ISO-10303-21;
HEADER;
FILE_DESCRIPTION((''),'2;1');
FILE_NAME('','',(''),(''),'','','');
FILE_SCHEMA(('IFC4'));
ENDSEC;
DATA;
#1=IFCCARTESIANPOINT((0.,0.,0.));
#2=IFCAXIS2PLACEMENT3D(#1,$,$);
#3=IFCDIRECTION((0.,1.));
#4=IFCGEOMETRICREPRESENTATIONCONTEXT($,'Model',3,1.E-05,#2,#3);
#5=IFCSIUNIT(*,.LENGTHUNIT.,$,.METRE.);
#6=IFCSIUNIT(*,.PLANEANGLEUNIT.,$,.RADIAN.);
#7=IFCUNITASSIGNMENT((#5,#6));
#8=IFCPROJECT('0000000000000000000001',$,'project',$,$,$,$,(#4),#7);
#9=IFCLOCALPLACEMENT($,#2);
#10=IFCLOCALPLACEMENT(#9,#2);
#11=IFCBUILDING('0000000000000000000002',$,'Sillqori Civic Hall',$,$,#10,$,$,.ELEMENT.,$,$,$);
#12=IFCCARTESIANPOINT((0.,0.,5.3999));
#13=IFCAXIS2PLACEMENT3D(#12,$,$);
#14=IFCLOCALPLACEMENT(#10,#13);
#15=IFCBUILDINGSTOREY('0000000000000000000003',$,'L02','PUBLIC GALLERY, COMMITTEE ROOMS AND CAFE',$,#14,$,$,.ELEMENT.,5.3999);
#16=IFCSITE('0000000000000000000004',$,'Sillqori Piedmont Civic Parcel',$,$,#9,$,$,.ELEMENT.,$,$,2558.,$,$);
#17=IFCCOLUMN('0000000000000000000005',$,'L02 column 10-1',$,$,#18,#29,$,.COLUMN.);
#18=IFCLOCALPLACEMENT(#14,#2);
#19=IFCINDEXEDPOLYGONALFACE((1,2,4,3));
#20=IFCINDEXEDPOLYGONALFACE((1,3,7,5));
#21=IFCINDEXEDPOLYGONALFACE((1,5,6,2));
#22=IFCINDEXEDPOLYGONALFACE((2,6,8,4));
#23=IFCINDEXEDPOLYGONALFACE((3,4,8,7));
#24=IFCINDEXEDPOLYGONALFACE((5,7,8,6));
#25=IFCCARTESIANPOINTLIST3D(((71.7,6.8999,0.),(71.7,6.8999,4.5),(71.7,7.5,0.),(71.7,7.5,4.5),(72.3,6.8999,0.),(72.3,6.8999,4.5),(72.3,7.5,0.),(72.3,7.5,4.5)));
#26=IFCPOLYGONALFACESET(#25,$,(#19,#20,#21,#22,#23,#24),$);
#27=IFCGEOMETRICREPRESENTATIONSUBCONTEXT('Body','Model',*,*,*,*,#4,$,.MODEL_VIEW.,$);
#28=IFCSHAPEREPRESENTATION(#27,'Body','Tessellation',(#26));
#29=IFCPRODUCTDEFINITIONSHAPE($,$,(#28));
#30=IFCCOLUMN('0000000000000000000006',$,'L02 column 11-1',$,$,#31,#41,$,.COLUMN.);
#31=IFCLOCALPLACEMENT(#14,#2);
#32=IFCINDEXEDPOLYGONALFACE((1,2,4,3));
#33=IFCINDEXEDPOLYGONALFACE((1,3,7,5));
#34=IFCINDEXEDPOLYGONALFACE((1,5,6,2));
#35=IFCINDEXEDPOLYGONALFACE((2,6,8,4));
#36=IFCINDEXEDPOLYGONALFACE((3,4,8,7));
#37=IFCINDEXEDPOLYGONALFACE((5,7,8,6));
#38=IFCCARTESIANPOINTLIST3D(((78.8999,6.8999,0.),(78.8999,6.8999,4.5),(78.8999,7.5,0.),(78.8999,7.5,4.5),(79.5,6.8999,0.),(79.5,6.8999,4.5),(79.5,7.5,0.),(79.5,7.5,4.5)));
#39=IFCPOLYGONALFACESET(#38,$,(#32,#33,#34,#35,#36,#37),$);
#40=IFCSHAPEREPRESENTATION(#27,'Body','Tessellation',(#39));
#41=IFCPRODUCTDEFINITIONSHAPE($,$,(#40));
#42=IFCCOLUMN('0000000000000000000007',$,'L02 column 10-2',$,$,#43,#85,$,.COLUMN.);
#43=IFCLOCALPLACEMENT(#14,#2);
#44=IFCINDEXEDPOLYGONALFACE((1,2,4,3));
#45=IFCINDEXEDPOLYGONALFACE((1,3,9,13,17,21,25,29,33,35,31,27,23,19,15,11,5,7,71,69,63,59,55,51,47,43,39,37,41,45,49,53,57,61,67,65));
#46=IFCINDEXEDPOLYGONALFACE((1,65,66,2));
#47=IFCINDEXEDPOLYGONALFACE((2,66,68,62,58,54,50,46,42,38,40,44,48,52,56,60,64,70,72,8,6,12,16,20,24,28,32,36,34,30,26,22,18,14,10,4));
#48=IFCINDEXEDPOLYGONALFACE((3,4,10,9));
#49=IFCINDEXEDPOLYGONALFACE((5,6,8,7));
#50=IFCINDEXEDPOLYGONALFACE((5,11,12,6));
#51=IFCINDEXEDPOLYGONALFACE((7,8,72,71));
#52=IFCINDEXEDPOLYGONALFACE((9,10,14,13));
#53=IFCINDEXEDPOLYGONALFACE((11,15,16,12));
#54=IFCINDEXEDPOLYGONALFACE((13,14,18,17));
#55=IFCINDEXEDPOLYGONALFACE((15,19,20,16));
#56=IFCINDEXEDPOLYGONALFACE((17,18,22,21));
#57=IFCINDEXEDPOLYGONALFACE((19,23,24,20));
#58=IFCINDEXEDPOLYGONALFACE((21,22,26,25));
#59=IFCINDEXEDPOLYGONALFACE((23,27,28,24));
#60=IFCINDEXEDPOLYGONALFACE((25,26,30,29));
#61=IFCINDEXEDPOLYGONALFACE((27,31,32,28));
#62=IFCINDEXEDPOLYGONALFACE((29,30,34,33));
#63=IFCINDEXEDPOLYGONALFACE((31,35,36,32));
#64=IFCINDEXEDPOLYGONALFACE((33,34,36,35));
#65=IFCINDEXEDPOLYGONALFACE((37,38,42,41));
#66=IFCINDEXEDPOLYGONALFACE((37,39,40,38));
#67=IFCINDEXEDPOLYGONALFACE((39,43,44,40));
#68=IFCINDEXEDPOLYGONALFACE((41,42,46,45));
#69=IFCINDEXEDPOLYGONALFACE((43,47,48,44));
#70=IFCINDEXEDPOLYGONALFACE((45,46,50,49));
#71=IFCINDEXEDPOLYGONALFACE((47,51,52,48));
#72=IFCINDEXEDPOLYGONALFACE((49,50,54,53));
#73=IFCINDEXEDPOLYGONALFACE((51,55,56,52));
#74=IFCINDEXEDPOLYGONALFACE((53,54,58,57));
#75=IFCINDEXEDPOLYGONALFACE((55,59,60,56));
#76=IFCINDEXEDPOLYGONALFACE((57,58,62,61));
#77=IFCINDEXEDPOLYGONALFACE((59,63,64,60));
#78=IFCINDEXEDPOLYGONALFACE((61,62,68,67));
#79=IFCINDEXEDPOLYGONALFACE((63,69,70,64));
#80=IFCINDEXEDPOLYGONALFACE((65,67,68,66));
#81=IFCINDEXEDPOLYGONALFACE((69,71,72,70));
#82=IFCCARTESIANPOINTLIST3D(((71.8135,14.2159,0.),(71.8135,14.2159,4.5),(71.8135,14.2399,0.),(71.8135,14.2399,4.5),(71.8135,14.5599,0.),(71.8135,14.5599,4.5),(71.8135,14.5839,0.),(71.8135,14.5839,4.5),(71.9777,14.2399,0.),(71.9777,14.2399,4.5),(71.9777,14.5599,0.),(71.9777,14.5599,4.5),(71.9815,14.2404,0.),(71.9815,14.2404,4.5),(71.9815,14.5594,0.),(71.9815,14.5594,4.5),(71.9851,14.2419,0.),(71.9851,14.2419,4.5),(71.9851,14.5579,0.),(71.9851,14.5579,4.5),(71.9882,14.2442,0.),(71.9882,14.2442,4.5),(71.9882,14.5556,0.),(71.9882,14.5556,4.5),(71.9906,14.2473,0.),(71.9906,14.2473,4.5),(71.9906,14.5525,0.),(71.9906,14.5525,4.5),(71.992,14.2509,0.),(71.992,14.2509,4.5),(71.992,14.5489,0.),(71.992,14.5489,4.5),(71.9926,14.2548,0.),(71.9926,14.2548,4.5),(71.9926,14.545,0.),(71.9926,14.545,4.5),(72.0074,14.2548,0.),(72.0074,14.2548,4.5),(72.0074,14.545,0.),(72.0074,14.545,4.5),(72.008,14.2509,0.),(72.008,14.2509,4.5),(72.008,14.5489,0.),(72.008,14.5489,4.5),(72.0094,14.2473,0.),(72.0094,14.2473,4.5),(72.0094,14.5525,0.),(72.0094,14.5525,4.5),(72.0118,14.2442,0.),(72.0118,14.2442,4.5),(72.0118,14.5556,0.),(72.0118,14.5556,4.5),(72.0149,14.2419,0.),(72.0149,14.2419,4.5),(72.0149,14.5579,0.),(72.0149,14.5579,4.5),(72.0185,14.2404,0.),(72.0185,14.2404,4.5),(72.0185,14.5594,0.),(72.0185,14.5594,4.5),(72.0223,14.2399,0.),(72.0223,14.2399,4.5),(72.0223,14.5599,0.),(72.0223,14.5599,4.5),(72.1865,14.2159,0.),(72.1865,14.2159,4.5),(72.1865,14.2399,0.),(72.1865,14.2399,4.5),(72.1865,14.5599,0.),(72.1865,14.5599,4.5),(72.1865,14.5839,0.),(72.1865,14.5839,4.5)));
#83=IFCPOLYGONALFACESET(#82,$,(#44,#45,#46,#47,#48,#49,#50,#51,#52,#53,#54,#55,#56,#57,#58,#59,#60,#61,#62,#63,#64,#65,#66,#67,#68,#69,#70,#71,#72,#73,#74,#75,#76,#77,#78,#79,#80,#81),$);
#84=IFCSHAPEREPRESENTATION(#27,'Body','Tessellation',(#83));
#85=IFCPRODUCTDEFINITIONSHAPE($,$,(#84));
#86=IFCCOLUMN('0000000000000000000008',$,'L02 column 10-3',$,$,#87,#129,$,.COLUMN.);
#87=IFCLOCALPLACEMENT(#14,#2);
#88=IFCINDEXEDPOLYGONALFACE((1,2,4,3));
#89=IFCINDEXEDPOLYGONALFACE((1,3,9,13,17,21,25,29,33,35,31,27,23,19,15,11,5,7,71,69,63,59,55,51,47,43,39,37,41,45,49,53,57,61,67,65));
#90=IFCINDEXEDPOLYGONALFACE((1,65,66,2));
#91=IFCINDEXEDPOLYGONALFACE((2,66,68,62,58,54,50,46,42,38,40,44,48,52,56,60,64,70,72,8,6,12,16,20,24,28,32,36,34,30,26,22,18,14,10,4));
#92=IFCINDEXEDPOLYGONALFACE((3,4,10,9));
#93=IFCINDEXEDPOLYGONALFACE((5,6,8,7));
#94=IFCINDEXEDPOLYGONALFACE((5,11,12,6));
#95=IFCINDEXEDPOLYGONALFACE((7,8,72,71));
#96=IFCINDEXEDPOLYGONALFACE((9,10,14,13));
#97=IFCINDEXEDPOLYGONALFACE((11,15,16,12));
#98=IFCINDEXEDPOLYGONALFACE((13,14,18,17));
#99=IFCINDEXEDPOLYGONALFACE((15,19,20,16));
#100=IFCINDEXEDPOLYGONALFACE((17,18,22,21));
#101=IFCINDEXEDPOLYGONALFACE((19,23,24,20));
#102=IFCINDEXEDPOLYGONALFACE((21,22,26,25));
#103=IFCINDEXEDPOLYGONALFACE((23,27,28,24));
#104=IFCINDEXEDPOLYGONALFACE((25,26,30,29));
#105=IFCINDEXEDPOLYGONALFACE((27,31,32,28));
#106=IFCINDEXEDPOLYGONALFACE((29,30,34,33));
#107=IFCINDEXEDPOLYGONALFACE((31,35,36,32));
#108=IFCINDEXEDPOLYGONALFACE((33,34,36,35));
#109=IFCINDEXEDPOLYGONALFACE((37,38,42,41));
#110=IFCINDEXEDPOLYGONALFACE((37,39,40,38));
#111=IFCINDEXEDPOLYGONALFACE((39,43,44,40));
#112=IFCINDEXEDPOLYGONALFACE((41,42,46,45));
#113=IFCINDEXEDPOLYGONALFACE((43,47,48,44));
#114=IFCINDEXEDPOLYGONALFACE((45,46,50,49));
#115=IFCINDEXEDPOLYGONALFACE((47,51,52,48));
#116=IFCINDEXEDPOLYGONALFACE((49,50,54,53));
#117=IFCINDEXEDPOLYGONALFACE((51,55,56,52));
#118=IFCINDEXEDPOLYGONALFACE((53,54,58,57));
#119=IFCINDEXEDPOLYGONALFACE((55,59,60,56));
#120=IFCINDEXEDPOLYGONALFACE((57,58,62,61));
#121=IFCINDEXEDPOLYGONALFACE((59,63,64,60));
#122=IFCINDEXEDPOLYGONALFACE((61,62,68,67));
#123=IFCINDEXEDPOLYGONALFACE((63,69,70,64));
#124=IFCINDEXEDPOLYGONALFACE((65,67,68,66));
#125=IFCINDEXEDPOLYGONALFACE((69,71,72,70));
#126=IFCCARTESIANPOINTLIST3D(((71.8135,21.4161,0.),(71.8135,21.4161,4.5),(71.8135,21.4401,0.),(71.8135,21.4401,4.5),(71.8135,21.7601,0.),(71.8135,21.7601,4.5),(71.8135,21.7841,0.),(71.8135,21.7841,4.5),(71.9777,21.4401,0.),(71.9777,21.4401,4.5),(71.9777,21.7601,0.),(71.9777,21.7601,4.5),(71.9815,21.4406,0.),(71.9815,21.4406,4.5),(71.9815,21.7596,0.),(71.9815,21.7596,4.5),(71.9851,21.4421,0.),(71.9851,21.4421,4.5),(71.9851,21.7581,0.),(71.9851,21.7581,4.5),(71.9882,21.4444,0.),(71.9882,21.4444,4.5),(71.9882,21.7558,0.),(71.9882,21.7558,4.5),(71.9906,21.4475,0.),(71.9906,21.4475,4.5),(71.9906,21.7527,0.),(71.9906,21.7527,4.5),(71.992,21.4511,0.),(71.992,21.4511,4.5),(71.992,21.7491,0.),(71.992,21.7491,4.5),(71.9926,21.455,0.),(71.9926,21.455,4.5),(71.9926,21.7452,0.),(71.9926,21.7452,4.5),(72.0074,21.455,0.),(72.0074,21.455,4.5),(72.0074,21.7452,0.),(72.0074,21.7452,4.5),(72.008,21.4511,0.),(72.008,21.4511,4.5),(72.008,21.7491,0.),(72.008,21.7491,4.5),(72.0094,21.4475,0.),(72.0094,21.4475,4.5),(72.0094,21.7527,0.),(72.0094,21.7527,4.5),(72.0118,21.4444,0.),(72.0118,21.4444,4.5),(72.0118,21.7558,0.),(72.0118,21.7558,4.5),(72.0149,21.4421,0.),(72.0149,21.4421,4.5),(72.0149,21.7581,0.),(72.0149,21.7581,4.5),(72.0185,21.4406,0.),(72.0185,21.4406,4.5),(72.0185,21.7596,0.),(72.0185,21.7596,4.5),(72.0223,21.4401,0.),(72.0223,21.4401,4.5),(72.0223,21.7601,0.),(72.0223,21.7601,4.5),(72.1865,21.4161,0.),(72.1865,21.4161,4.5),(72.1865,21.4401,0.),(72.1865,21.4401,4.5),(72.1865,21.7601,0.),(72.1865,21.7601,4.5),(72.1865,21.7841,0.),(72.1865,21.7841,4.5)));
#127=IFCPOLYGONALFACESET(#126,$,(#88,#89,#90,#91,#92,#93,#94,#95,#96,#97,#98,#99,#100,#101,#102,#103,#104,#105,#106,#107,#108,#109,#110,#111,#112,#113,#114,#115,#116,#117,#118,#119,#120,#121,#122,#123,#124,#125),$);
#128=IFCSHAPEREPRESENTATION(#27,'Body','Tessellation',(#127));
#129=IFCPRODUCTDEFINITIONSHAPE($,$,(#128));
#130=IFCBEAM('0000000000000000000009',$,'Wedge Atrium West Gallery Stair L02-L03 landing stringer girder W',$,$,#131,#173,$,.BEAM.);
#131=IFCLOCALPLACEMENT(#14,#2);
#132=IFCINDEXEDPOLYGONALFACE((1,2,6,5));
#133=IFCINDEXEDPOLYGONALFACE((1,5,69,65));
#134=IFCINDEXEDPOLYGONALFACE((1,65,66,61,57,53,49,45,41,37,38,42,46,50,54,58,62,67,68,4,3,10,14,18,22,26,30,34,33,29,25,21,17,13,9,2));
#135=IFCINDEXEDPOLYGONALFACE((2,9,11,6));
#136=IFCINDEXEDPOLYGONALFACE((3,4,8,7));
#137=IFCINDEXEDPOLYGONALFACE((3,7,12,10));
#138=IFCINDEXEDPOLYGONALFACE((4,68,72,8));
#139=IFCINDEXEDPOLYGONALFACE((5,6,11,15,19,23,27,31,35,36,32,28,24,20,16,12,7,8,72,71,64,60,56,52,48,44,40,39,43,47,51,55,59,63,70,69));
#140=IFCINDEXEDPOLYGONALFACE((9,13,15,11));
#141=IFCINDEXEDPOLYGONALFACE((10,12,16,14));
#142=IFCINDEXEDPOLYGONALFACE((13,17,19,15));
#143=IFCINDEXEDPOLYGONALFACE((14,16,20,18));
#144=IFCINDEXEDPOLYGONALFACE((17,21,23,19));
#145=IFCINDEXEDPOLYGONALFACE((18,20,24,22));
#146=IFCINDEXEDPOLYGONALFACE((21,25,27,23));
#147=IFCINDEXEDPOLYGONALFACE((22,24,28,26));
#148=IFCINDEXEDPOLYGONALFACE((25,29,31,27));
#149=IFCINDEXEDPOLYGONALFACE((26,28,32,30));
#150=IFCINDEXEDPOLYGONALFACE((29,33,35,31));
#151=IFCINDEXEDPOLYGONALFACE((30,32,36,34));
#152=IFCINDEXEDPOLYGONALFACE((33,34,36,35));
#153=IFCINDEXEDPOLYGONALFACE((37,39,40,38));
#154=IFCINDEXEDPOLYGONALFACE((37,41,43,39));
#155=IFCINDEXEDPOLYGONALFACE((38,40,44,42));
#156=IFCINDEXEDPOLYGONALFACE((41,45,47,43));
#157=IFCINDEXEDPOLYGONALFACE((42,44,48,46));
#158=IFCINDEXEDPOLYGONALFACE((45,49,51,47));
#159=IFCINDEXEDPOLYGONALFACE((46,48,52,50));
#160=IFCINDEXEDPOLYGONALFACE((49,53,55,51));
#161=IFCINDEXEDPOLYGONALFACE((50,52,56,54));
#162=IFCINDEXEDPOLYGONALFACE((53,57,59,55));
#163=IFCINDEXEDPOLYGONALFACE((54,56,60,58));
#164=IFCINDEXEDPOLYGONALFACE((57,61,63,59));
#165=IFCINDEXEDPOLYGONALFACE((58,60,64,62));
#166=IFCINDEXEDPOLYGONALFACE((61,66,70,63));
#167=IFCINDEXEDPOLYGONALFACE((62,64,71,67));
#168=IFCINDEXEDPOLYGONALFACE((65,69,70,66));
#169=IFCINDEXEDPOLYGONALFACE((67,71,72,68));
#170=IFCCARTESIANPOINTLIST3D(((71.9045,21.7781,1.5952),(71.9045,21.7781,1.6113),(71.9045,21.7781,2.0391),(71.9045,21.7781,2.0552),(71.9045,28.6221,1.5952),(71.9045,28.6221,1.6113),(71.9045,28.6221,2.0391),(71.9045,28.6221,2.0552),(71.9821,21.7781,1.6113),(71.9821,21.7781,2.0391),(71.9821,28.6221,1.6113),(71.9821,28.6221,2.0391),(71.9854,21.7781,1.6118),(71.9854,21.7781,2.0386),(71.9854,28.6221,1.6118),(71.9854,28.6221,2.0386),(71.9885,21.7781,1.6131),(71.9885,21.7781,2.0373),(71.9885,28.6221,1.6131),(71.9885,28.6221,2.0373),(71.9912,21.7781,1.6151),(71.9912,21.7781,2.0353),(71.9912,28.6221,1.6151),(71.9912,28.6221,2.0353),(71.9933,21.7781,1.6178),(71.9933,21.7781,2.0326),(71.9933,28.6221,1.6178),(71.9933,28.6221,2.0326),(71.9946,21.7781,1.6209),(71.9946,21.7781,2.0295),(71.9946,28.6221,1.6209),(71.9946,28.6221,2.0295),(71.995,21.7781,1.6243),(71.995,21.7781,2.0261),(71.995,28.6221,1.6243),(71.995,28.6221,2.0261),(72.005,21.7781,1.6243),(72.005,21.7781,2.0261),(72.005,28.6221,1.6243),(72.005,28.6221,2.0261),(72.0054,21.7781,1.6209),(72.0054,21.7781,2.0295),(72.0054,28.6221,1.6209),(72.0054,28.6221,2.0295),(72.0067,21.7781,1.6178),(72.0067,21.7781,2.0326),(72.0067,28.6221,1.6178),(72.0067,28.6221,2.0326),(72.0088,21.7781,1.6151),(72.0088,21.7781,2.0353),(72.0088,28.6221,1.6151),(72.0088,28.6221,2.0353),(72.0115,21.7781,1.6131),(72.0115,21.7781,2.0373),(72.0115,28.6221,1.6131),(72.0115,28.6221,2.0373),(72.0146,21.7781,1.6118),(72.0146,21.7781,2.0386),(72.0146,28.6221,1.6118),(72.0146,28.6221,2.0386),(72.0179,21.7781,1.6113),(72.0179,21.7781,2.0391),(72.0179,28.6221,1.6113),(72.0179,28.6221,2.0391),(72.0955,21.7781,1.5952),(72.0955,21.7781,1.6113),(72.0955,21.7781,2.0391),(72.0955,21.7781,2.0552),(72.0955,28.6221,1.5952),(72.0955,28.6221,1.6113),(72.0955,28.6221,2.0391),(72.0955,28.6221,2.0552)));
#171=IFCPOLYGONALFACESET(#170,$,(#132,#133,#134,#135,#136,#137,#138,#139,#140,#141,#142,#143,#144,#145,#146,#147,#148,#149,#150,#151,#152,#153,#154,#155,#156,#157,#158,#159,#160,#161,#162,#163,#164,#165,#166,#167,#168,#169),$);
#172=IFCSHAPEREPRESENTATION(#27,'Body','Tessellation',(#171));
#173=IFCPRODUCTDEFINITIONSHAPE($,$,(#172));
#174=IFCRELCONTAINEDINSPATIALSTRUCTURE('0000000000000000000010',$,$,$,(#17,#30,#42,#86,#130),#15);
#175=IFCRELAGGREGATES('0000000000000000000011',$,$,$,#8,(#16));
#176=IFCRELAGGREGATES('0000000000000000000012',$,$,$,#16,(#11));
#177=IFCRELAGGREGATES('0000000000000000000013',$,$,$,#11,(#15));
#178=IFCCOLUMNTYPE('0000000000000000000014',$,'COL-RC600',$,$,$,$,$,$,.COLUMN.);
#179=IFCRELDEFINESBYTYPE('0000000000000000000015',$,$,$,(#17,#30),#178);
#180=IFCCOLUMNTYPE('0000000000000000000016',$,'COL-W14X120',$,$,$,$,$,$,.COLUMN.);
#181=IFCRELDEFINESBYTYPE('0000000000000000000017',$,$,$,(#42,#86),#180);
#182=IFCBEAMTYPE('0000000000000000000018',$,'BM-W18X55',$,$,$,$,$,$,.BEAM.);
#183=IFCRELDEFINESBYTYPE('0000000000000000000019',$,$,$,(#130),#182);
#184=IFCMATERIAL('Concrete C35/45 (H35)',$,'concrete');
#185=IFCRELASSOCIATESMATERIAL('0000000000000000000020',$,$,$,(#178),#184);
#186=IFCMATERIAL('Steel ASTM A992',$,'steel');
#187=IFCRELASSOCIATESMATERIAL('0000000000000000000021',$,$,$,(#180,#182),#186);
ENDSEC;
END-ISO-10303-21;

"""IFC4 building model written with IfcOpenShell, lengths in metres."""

from ifc_helpers import new_model, si_unit, direction, frame, origin, origin_2d, place, context, subcontext, project, spatial, rectangle, i_section, extrude, material, material_profile, profile_set, type_object, element, save


model = new_model("IFC4")

# Units and contexts
model_context = context("Model", 3, precision=1e-05, world=origin(), true_north=direction((0.0, 1.0)))
body_context = subcontext(model_context, "Body", "Model", "MODEL_VIEW")
ifc_project = project(units=[si_unit("LENGTHUNIT", "METRE"), si_unit("PLANEANGLEUNIT", "RADIAN")], contexts=[model_context])

# Site, building, storey
site_placement = place(None, origin())
site = spatial("IfcSite", under=ifc_project, at=site_placement, Name="Sillqori Piedmont Civic Parcel", CompositionType="ELEMENT", RefElevation=2558.0)
building_placement = place(site_placement, origin())
building = spatial("IfcBuilding", under=site, at=building_placement, Name="Sillqori Civic Hall", CompositionType="ELEMENT")
storey_placement = place(building_placement, frame((0.0, 0.0, 5.3999)))
storey = spatial("IfcBuildingStorey", under=building, at=storey_placement, Name="L02", Description="PUBLIC GALLERY, COMMITTEE ROOMS AND CAFE", CompositionType="ELEMENT", Elevation=5.3999)

# Columns
ifc_material_1 = material(Name="Concrete C35/45 (H35)", Category="concrete")
ifc_material_profile_1 = material_profile(ifc_material_1, rectangle(XDim=0.6001, YDim=0.6001, at=origin_2d()), Name="RC 600x600")
ifc_profile_set_1 = profile_set([ifc_material_profile_1], Name="Concrete C35/45 (H35)")
column_type_1 = type_object("IfcColumnType", Name="COL-RC600", PredefinedType="COLUMN", material=ifc_profile_set_1)
for number, where, z_axis, x_axis, name in (
    (1, (72.0, 7.2, 0.0), (0.0, 0.0, 1.0), (1.0, 0.0, 0.0), "L02 column 10-1"),
    (2, (79.2, 7.2, 0.0), (0.0, 0.0, 1.0), (1.0, 0.0, 0.0), "L02 column 11-1"),
):
    element("IfcColumn", number, at=place(storey_placement, frame(where, z_axis=z_axis, x_axis=x_axis)), inside=storey, type_object=column_type_1, Name=name, PredefinedType="COLUMN", context=body_context, shape_type="SweptSolid", body=[
        extrude(rectangle(XDim=0.6001, YDim=0.6001, at=origin_2d()), origin(), (0.0, 0.0, 1.0), 4.5),
    ])
ifc_material_2 = material(Name="Steel ASTM A992", Category="steel")
ifc_material_profile_2 = material_profile(ifc_material_2, i_section(OverallWidth=0.373, OverallDepth=0.3679, WebThickness=0.0149, FlangeThickness=0.0239, FilletRadius=0.0149, at=origin_2d()), Name="W14X120")
ifc_profile_set_2 = profile_set([ifc_material_profile_2], Name="Steel ASTM A992")
column_type_2 = type_object("IfcColumnType", Name="COL-W14X120", PredefinedType="COLUMN", material=ifc_profile_set_2)
for number, where, z_axis, x_axis, name in (
    (3, (72.0, 14.3999, 0.0), (0.0, 0.0, 1.0), (1.0, 0.0, 0.0), "L02 column 10-2"),
    (4, (72.0, 21.6001, 0.0), (0.0, 0.0, 1.0), (1.0, 0.0, 0.0), "L02 column 10-3"),
):
    element("IfcColumn", number, at=place(storey_placement, frame(where, z_axis=z_axis, x_axis=x_axis)), inside=storey, type_object=column_type_2, Name=name, PredefinedType="COLUMN", context=body_context, shape_type="SweptSolid", body=[
        extrude(i_section(OverallWidth=0.373, OverallDepth=0.3679, WebThickness=0.0149, FlangeThickness=0.0239, FilletRadius=0.0149, at=origin_2d()), origin(), (0.0, 0.0, 1.0), 4.5),
    ])

# Beam
ifc_material_profile_3 = material_profile(ifc_material_2, i_section(OverallWidth=0.1909, OverallDepth=0.46, WebThickness=0.01, FlangeThickness=0.0161, FilletRadius=0.0129, at=origin_2d()), Name="W18X55")
ifc_profile_set_3 = profile_set([ifc_material_profile_3], Name="Steel ASTM A992")
beam_type_1 = type_object("IfcBeamType", Name="BM-W18X55", PredefinedType="BEAM", material=ifc_profile_set_3)
beam_1_placement = place(storey_placement, frame((72.0, 21.7781, 1.8252), z_axis=(0.0, 1.0, 0.0), x_axis=(-1.0, 0.0, 0.0)))
element("IfcBeam", 5, at=beam_1_placement, inside=storey, type_object=beam_type_1, Name="Wedge Atrium West Gallery Stair L02-L03 landing stringer girder W", PredefinedType="BEAM", context=body_context, shape_type="SweptSolid", body=[
    extrude(i_section(OverallWidth=0.1909, OverallDepth=0.46, WebThickness=0.01, FlangeThickness=0.0161, FilletRadius=0.0129, at=origin_2d()), origin(), (0.0, 0.0, 1.0), 6.844),
])

save(model, "model.ifc")
